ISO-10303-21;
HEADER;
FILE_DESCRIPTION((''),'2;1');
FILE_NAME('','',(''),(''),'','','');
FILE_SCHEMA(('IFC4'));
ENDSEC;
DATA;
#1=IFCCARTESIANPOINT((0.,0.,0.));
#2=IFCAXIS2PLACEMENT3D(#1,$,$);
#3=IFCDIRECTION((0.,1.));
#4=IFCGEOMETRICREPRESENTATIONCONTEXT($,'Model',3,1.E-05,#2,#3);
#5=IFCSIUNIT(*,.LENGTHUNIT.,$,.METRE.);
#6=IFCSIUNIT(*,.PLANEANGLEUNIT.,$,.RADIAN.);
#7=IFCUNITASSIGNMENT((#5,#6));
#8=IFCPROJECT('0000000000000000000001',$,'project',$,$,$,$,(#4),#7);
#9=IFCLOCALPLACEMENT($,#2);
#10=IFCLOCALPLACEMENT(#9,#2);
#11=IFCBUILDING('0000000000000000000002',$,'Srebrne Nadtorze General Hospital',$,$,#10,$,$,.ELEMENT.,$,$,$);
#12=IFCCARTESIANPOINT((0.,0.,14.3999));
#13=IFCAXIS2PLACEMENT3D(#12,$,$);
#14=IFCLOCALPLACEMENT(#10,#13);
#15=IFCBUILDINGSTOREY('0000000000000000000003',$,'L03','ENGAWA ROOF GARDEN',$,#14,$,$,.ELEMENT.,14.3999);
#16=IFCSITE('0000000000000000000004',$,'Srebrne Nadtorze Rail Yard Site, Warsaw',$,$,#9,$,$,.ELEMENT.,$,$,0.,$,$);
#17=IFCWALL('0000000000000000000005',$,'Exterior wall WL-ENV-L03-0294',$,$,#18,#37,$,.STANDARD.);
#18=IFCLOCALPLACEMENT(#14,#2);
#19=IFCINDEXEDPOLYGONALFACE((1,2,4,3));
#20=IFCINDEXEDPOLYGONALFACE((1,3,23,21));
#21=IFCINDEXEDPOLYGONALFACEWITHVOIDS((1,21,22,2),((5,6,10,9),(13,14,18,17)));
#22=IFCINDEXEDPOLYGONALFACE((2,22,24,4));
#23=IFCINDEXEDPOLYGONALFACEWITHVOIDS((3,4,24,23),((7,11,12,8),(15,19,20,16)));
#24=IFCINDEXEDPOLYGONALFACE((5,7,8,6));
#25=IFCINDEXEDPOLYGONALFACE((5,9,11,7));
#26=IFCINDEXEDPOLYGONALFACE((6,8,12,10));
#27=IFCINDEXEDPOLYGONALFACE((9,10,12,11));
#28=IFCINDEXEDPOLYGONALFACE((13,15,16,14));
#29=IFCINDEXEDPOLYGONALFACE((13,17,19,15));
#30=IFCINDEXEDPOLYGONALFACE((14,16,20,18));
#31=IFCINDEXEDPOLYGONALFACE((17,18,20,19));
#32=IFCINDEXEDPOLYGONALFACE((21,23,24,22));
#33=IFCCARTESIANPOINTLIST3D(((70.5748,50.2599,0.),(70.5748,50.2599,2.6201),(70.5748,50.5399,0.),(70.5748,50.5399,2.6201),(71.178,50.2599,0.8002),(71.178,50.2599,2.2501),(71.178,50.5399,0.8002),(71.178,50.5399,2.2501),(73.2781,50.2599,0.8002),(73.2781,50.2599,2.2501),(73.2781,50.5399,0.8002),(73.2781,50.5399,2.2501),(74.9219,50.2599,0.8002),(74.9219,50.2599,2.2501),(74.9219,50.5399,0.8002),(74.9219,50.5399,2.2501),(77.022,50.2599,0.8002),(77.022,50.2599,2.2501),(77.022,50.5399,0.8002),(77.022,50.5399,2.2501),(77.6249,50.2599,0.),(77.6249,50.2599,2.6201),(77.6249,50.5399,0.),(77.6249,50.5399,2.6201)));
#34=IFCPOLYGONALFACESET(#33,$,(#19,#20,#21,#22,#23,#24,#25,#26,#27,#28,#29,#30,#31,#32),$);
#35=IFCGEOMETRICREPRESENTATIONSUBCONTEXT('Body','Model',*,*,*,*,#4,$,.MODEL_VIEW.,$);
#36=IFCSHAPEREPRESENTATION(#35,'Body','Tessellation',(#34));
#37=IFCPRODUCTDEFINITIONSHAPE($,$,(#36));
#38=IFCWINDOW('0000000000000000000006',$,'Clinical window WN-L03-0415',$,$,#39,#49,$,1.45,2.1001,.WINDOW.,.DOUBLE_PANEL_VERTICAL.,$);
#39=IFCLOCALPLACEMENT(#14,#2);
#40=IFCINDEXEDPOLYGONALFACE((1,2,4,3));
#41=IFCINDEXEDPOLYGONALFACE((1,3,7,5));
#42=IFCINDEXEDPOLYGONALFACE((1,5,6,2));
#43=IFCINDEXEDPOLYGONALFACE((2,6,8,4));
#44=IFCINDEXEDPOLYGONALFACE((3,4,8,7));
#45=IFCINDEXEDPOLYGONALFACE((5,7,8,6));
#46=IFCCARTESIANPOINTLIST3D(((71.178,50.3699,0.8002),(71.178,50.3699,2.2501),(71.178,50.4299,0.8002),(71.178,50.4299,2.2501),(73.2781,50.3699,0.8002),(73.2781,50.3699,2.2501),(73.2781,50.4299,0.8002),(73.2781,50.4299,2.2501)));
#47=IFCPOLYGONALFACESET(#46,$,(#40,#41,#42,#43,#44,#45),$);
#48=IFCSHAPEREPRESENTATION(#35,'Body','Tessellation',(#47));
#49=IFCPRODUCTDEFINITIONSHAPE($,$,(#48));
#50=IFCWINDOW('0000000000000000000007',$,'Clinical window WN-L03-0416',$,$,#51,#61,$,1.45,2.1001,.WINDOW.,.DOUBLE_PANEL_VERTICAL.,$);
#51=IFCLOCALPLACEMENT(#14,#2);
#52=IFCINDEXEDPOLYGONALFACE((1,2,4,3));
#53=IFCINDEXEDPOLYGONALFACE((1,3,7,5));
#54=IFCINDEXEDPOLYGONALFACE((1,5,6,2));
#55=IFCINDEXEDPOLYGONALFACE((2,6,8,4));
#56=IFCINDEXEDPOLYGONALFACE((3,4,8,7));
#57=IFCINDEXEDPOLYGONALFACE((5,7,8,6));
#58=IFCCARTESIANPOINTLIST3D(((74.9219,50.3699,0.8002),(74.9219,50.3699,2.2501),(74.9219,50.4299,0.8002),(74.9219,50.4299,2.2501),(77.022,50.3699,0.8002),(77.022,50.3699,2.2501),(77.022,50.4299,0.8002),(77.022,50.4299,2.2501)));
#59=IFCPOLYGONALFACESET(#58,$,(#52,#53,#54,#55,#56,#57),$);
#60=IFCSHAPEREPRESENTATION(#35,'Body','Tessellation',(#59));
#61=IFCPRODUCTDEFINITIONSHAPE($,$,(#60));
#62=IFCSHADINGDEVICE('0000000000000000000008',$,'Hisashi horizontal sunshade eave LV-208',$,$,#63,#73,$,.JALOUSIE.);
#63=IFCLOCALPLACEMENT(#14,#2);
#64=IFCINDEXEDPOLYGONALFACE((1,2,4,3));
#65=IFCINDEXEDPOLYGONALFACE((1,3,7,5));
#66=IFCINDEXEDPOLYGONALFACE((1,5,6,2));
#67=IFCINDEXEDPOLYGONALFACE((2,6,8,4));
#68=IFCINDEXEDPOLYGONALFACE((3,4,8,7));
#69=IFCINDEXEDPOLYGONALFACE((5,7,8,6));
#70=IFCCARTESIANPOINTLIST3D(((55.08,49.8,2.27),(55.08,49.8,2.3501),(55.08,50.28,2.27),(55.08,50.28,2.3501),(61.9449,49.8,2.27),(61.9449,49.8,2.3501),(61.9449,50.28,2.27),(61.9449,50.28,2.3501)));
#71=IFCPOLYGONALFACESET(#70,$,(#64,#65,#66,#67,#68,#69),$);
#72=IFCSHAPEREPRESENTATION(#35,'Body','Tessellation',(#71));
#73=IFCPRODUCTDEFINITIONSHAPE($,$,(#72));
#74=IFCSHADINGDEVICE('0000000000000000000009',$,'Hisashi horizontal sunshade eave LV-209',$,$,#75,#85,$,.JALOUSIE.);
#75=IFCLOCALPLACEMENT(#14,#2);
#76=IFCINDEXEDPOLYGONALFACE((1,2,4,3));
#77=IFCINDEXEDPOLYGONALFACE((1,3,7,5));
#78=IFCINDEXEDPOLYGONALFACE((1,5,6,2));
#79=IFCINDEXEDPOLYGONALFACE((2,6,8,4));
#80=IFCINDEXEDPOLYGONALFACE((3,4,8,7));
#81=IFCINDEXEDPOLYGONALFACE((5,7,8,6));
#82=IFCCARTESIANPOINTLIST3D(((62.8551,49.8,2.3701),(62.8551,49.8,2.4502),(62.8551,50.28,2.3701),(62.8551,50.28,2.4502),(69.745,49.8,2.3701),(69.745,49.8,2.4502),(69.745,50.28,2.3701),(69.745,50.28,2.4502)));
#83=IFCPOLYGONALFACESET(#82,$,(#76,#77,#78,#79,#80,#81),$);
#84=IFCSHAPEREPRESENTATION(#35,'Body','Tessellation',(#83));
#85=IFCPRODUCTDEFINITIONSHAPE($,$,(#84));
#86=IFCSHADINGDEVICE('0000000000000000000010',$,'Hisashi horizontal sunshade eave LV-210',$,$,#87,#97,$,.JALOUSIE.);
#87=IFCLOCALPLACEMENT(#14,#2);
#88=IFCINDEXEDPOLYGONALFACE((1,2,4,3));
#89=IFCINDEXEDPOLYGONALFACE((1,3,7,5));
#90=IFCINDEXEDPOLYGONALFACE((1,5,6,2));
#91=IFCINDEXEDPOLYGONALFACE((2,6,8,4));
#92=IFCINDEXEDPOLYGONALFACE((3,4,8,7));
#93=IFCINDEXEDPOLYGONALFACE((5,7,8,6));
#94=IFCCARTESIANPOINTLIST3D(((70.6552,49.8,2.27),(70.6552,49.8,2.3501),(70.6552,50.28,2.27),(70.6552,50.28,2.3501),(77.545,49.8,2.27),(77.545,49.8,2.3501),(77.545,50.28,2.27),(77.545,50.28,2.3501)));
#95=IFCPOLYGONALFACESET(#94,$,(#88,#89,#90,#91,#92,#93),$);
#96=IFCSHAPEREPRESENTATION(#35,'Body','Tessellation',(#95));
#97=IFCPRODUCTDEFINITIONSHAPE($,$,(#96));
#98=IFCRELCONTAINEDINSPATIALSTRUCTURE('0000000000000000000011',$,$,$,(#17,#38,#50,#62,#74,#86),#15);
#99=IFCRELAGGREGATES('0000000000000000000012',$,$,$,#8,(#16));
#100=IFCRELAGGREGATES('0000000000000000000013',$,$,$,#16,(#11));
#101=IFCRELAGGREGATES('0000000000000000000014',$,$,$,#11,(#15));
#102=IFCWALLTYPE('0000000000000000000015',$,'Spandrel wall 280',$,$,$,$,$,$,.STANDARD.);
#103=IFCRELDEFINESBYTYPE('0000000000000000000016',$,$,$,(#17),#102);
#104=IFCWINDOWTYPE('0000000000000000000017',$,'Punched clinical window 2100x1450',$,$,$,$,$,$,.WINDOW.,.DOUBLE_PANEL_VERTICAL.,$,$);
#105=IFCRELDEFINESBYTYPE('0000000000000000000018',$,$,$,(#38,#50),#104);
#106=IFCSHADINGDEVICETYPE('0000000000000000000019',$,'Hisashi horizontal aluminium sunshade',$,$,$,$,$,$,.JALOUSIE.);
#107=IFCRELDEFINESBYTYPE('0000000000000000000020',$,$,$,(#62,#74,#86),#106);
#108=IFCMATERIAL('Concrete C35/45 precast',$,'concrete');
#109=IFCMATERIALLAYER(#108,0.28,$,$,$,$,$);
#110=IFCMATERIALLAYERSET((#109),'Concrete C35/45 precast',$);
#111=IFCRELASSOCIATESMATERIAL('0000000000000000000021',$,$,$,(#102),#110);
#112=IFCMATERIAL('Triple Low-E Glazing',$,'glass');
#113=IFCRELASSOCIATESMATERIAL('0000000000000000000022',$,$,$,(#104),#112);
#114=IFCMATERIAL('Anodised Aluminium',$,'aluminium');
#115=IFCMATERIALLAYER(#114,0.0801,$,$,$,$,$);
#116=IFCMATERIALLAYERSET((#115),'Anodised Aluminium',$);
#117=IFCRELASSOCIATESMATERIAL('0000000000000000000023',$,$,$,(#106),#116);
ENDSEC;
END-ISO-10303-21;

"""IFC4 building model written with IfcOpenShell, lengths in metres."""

from ifc_helpers import new_model, si_unit, direction, frame, frame_2d, origin, origin_2d, place, context, subcontext, project, spatial, rectangle, extrude, material, layer, layer_set, type_object, element, fill, save


model = new_model("IFC4")

# Units and contexts
model_context = context("Model", 3, precision=1e-05, world=origin(), true_north=direction((0.0, 1.0)))
body_context = subcontext(model_context, "Body", "Model", "MODEL_VIEW")
ifc_project = project(units=[si_unit("LENGTHUNIT", "METRE"), si_unit("PLANEANGLEUNIT", "RADIAN")], contexts=[model_context])

# Site, building, storey
site_placement = place(None, origin())
site = spatial("IfcSite", under=ifc_project, at=site_placement, Name="Srebrne Nadtorze Rail Yard Site, Warsaw", CompositionType="ELEMENT", RefElevation=0.0)
building_placement = place(site_placement, origin())
building = spatial("IfcBuilding", under=site, at=building_placement, Name="Srebrne Nadtorze General Hospital", CompositionType="ELEMENT")
storey_placement = place(building_placement, frame((0.0, 0.0, 14.3999)))
storey = spatial("IfcBuildingStorey", under=building, at=storey_placement, Name="L03", Description="ENGAWA ROOF GARDEN", CompositionType="ELEMENT", Elevation=14.3999)

# Wall, openings, windows
ifc_material_1 = material(Name="Concrete C35/45 precast", Category="concrete")
ifc_layer_1 = layer(ifc_material_1, 0.28)
ifc_layer_set_1 = layer_set([ifc_layer_1], Name="Concrete C35/45 precast")
wall_type = type_object("IfcWallType", Name="Spandrel wall 280", PredefinedType="STANDARD", material=ifc_layer_set_1)
wall_1_placement = place(storey_placement, frame((70.575, 50.3999, 0.0), z_axis=(0.0, 0.0, 1.0), x_axis=(1.0, 0.0, 0.0)))
wall_1 = element("IfcWall", 1, at=wall_1_placement, inside=storey, type_object=wall_type, Name="Exterior wall WL-ENV-L03-0294", PredefinedType="STANDARD", context=body_context, shape_type="SweptSolid", body=[
    extrude(rectangle(XDim=7.05, YDim=0.28, at=frame_2d((3.5249, 0.0))), origin(), (0.0, 0.0, 1.0), 2.6201),
])
opening_1_placement = place(wall_1_placement, frame((0.603, 0.0, 0.8)))
opening_1 = element("IfcOpeningElement", 2, at=opening_1_placement, cuts=wall_1, PredefinedType="OPENING", context=body_context, shape_type="SweptSolid", body=[
    extrude(rectangle(XDim=2.1001, YDim=1.45, at=frame_2d((1.05, 0.7251))), frame((0.0, 0.1519, 0.0), z_axis=(0.0, -1.0, 0.0), x_axis=(1.0, 0.0, 0.0)), (0.0, 0.0, 1.0), 0.304),
])
opening_2_placement = place(wall_1_placement, frame((4.3469, 0.0, 0.8)))
opening_2 = element("IfcOpeningElement", 3, at=opening_2_placement, cuts=wall_1, PredefinedType="OPENING", context=body_context, shape_type="SweptSolid", body=[
    extrude(rectangle(XDim=2.1001, YDim=1.45, at=frame_2d((1.05, 0.7251))), frame((0.0, 0.1519, 0.0), z_axis=(0.0, -1.0, 0.0), x_axis=(1.0, 0.0, 0.0)), (0.0, 0.0, 1.0), 0.304),
])
ifc_material_2 = material(Name="Triple Low-E Glazing", Category="glass")
window_type_1 = type_object("IfcWindowType", Name="Punched clinical window 2100x1450", PartitioningType="DOUBLE_PANEL_VERTICAL", PredefinedType="WINDOW", material=ifc_material_2)
window_1_placement = place(opening_1_placement, origin())
window_1 = element("IfcWindow", 4, at=window_1_placement, inside=storey, type_object=window_type_1, Name="Clinical window WN-L03-0415", OverallHeight=1.45, OverallWidth=2.1001, PartitioningType="DOUBLE_PANEL_VERTICAL", PredefinedType="WINDOW", context=body_context, shape_type="SweptSolid", body=[
    extrude(rectangle(XDim=2.1001, YDim=1.45, at=frame_2d((1.05, 0.7251))), frame((0.0, 0.03, 0.0), z_axis=(0.0, -1.0, 0.0), x_axis=(1.0, 0.0, 0.0)), (0.0, 0.0, 1.0), 0.0601),
])
fill(opening_1, window_1)
window_2_placement = place(opening_2_placement, origin())
window_2 = element("IfcWindow", 5, at=window_2_placement, inside=storey, type_object=window_type_1, Name="Clinical window WN-L03-0416", OverallHeight=1.45, OverallWidth=2.1001, PartitioningType="DOUBLE_PANEL_VERTICAL", PredefinedType="WINDOW", context=body_context, shape_type="SweptSolid", body=[
    extrude(rectangle(XDim=2.1001, YDim=1.45, at=frame_2d((1.05, 0.7251))), frame((0.0, 0.03, 0.0), z_axis=(0.0, -1.0, 0.0), x_axis=(1.0, 0.0, 0.0)), (0.0, 0.0, 1.0), 0.0601),
])
fill(opening_2, window_2)

# Shading devices
ifc_material_3 = material(Name="Anodised Aluminium", Category="aluminium")
ifc_layer_2 = layer(ifc_material_3, 0.0801)
ifc_layer_set_2 = layer_set([ifc_layer_2], Name="Anodised Aluminium")
shading_device_type = type_object("IfcShadingDeviceType", Name="Hisashi horizontal aluminium sunshade", PredefinedType="JALOUSIE", material=ifc_layer_set_2)
shading_device_placement = place(storey_placement, frame((58.5125, 50.04, 2.27), z_axis=(0.0, 0.0, 1.0), x_axis=(1.0, 0.0, 0.0)))
element("IfcShadingDevice", 6, at=shading_device_placement, inside=storey, type_object=shading_device_type, Name="Hisashi horizontal sunshade eave LV-208", PredefinedType="JALOUSIE", context=body_context, shape_type="SweptSolid", body=[
    extrude(rectangle(XDim=6.865, YDim=0.48, at=origin_2d()), origin(), (0.0, 0.0, 1.0), 0.0801),
])
for number, where, z_axis, x_axis, name in (
    (7, (66.3, 50.04, 2.3701), (0.0, 0.0, 1.0), (1.0, 0.0, 0.0), "Hisashi horizontal sunshade eave LV-209"),
    (8, (74.1001, 50.04, 2.27), (0.0, 0.0, 1.0), (1.0, 0.0, 0.0), "Hisashi horizontal sunshade eave LV-210"),
):
    element("IfcShadingDevice", number, at=place(storey_placement, frame(where, z_axis=z_axis, x_axis=x_axis)), inside=storey, type_object=shading_device_type, Name=name, PredefinedType="JALOUSIE", context=body_context, shape_type="SweptSolid", body=[
        extrude(rectangle(XDim=6.8899, YDim=0.48, at=origin_2d()), origin(), (0.0, 0.0, 1.0), 0.0801),
    ])

save(model, "model.ifc")
